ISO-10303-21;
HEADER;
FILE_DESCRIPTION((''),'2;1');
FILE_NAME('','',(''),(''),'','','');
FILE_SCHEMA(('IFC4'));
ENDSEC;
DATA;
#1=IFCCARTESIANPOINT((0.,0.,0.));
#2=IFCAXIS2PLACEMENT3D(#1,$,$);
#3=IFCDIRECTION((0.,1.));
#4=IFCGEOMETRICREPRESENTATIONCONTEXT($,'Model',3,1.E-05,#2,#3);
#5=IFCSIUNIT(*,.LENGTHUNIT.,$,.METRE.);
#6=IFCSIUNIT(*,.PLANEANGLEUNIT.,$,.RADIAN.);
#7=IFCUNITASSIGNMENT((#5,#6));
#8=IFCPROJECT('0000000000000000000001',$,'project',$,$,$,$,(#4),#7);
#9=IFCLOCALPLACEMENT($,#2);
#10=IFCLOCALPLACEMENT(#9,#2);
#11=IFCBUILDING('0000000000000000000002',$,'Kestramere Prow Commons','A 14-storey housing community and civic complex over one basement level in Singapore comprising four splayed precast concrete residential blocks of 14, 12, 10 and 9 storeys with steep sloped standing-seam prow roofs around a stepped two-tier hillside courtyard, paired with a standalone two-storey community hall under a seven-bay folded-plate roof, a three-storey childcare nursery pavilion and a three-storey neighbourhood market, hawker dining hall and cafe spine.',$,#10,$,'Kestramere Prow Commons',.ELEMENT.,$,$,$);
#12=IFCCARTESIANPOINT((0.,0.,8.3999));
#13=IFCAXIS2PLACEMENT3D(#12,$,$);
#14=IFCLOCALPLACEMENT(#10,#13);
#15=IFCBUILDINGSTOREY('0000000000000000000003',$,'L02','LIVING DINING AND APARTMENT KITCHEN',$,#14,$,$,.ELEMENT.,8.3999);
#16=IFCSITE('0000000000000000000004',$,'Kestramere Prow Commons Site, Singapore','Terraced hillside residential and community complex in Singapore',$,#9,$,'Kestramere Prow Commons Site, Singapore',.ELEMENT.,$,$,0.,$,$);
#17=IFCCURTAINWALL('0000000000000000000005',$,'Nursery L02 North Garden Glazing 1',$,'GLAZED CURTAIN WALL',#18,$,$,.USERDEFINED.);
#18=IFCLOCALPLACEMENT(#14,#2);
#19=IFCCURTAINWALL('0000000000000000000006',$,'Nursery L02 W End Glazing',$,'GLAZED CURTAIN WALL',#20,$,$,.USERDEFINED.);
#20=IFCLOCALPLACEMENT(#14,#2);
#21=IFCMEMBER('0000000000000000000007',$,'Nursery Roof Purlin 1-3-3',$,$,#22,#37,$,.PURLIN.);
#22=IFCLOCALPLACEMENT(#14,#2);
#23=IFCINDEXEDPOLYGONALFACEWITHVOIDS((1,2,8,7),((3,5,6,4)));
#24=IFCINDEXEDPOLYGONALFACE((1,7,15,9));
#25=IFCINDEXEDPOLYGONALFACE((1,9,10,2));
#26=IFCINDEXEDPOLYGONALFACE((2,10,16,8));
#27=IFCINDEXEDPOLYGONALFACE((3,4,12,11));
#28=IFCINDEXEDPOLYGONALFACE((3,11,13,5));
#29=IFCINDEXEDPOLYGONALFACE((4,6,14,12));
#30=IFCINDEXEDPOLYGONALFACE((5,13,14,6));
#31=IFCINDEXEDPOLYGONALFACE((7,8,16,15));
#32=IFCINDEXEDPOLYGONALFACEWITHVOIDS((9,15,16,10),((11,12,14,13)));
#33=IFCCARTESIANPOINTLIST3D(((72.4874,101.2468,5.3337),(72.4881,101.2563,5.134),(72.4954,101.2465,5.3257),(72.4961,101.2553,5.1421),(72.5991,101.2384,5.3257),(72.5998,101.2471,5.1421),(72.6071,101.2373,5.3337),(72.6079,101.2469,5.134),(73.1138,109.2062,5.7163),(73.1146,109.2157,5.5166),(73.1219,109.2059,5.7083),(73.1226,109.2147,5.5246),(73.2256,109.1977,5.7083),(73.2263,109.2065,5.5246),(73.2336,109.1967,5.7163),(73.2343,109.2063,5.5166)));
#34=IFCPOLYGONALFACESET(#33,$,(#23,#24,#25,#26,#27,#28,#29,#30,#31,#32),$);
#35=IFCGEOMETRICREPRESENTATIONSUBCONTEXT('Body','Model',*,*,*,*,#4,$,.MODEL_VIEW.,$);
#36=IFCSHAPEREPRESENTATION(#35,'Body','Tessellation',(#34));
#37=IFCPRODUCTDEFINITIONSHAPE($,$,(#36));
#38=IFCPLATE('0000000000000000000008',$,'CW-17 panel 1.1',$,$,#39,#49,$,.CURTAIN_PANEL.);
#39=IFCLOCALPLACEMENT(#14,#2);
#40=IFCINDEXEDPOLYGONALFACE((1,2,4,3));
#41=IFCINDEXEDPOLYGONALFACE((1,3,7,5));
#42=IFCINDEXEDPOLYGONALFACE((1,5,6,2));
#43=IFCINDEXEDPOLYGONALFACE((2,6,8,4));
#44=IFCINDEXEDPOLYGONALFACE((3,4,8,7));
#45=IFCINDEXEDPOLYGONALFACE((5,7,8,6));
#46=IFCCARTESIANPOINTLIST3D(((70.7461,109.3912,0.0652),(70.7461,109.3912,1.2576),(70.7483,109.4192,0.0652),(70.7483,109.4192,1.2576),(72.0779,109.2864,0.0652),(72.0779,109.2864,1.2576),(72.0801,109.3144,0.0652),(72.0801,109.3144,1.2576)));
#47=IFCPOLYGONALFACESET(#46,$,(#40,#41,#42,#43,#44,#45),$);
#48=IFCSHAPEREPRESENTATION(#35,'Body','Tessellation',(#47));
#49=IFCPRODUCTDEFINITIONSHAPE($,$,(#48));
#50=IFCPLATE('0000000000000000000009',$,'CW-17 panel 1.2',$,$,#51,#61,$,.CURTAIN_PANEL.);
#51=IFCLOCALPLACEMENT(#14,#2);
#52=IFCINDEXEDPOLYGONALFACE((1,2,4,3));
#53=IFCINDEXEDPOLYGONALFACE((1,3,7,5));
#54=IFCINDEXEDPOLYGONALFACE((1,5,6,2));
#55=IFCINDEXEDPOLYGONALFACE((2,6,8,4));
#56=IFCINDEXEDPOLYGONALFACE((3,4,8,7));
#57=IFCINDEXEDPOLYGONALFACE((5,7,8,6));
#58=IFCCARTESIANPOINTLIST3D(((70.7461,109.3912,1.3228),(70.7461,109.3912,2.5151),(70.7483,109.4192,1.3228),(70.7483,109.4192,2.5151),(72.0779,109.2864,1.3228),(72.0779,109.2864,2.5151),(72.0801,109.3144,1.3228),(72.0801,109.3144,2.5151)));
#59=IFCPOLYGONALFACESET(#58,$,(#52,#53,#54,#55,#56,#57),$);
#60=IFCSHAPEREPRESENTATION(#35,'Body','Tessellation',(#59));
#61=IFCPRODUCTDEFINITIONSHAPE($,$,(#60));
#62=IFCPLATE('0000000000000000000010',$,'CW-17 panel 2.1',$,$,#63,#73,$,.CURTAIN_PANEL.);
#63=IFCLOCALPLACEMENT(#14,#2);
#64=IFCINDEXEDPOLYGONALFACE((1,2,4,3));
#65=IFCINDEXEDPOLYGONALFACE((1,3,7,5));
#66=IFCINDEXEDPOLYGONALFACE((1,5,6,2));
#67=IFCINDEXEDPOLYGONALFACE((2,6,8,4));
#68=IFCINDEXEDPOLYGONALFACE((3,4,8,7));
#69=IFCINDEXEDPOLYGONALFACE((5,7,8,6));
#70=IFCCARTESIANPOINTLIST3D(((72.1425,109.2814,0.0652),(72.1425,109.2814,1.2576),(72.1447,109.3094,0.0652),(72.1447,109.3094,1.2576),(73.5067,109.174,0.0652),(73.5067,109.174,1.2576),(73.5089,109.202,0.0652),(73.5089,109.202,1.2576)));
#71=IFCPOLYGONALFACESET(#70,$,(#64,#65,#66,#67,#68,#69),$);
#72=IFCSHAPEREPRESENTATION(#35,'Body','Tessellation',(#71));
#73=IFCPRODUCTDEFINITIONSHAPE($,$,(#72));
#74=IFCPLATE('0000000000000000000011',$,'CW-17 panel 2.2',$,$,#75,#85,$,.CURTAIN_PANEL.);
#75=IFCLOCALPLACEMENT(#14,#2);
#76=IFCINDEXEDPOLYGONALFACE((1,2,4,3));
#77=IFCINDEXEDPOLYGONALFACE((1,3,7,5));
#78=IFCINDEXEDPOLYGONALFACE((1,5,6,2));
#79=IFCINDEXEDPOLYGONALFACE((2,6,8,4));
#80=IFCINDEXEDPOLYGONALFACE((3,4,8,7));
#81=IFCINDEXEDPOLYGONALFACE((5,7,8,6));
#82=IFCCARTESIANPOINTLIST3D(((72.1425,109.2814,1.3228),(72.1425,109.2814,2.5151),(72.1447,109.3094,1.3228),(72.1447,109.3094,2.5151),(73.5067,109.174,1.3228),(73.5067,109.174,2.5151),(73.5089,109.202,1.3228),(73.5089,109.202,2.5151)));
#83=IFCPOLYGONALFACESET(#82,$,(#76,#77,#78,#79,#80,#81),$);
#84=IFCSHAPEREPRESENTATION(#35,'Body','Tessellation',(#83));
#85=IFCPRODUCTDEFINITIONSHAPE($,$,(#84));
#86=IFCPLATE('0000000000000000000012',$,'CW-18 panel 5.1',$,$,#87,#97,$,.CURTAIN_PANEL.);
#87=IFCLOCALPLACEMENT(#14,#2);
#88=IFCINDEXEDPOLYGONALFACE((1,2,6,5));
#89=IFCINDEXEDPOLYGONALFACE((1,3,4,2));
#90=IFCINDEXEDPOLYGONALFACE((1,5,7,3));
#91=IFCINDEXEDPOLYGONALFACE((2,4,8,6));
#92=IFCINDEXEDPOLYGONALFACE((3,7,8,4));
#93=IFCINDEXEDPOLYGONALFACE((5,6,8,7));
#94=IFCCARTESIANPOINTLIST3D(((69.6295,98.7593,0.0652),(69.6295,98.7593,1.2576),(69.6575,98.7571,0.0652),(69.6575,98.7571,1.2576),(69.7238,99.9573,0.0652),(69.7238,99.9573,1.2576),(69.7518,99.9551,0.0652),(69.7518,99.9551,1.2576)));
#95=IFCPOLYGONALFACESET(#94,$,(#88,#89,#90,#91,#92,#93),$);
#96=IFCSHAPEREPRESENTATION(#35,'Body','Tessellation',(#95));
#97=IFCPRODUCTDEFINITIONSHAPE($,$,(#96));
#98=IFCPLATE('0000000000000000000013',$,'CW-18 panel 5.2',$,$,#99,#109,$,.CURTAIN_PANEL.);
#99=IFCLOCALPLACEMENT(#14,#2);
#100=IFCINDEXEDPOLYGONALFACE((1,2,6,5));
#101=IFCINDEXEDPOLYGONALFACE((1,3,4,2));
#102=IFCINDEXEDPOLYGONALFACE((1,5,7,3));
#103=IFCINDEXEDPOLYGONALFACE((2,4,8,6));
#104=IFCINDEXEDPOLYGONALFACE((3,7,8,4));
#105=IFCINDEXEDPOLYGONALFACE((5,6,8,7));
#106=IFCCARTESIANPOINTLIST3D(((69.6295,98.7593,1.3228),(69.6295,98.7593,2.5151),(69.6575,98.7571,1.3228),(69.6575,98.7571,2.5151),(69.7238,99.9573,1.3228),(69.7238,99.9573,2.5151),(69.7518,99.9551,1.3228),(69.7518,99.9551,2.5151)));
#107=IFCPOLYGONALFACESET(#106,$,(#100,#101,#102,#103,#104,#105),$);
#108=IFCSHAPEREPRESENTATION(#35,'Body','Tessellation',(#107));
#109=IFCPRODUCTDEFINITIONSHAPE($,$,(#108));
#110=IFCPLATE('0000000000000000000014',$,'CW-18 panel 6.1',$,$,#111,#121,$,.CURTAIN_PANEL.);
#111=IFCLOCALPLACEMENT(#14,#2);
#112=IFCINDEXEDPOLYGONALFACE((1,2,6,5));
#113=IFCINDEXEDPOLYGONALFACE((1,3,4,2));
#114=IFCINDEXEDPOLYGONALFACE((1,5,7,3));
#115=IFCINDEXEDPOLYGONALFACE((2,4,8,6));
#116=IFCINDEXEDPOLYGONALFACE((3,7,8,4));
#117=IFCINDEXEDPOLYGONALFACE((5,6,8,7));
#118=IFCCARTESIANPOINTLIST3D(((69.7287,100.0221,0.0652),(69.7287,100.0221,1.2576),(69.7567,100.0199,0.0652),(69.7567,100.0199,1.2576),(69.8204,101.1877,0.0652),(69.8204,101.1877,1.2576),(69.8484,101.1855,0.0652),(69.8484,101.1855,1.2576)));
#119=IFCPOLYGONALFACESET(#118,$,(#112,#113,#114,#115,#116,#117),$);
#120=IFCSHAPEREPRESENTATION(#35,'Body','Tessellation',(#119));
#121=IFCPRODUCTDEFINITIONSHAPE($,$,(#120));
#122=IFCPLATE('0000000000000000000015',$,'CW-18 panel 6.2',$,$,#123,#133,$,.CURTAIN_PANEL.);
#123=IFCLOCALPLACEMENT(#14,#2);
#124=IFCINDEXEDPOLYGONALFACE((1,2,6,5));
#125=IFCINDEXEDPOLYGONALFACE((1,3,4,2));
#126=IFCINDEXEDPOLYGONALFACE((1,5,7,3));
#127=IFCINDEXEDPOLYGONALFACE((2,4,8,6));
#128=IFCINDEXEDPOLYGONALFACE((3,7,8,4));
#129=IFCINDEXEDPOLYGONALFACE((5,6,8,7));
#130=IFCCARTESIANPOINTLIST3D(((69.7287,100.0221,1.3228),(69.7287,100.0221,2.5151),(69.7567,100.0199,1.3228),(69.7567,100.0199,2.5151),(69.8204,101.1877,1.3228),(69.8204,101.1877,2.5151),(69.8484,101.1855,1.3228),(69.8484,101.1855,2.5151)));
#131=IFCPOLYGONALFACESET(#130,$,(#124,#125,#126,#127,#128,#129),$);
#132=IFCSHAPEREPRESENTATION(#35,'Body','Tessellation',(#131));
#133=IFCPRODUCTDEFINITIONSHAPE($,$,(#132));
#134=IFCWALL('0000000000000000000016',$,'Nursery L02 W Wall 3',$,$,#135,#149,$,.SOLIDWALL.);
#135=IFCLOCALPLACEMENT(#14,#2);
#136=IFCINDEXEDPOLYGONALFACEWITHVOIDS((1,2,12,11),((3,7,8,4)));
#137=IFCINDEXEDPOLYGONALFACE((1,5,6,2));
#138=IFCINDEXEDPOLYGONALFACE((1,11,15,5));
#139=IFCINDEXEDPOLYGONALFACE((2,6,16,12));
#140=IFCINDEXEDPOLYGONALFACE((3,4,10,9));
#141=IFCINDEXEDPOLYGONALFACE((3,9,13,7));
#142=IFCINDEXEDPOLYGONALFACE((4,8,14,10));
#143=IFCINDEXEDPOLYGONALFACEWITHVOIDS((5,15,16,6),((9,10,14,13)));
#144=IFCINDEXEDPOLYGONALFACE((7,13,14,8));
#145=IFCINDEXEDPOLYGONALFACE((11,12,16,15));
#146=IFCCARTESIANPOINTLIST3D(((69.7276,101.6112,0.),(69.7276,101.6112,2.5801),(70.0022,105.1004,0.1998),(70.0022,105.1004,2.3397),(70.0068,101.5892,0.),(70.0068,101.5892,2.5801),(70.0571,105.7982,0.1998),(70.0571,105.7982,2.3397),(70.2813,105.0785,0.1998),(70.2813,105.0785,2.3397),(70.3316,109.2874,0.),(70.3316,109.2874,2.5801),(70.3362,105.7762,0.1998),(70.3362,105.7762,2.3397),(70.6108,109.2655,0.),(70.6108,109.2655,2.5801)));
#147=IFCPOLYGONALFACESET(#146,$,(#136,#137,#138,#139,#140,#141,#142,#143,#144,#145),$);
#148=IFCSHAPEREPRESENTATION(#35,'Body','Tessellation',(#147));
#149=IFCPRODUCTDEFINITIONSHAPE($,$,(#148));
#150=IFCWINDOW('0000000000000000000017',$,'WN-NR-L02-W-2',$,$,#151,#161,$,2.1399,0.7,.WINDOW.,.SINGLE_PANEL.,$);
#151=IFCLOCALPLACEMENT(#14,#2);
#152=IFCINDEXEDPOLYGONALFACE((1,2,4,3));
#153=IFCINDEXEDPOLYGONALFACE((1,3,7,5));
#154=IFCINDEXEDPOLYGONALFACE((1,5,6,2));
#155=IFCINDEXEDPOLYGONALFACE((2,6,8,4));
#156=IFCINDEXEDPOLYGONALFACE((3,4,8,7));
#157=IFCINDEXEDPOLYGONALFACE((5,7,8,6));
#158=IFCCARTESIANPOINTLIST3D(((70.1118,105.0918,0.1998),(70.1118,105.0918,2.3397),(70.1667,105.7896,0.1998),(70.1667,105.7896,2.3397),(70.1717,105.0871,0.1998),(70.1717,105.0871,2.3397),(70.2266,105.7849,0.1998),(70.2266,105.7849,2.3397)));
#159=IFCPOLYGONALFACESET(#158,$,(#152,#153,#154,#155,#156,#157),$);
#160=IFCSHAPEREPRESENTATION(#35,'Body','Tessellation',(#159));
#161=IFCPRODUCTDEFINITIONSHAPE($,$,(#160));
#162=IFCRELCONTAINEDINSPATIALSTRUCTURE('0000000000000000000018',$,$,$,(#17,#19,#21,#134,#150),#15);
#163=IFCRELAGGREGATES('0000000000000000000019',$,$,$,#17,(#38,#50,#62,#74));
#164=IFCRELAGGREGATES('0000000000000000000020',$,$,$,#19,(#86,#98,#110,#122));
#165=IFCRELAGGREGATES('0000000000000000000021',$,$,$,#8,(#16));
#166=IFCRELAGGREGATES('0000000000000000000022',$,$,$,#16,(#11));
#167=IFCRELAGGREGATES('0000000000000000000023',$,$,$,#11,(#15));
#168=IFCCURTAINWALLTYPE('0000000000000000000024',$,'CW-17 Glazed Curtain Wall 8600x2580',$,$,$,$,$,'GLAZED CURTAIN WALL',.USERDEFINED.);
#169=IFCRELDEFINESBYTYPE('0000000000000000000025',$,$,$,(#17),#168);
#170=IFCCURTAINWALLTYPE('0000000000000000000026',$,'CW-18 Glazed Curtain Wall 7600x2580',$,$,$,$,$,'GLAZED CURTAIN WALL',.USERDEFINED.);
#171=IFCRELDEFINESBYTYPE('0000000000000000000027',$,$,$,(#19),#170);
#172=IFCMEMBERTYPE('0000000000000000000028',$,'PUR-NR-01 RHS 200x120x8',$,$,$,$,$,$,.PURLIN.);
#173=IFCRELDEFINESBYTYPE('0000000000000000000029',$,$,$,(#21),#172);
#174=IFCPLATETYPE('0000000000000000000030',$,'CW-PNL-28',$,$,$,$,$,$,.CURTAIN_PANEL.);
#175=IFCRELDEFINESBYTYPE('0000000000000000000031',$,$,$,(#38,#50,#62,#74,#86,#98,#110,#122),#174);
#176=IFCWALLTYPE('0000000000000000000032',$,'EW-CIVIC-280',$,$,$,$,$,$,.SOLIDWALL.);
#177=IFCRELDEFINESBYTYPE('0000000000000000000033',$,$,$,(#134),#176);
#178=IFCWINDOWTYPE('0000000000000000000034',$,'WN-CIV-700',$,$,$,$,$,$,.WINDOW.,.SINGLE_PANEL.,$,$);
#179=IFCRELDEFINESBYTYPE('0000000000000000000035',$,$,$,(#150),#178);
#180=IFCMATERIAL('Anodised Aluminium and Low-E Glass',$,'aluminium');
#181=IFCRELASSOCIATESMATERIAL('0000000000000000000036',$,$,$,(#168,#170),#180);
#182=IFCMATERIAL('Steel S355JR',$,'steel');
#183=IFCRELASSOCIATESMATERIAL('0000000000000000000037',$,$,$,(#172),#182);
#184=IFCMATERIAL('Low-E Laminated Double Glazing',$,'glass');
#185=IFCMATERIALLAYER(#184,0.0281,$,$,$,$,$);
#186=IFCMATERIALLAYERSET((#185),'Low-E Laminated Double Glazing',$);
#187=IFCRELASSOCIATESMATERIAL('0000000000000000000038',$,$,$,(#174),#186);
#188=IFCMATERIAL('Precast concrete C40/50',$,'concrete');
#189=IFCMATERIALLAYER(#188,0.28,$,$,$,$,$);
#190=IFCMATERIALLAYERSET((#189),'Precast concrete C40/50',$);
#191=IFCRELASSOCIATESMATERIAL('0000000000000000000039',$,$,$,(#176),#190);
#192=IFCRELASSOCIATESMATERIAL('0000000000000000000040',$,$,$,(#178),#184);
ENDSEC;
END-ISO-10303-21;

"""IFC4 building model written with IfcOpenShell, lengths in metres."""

from ifc_helpers import new_model, si_unit, direction, frame, frame_2d, origin, origin_2d, place, context, subcontext, project, spatial, rectangle, hollow_rectangle, extrude, material, layer, layer_set, material_profile, profile_set, type_object, element, fill, aggregate, save


model = new_model("IFC4")

# Units and contexts
model_context = context("Model", 3, precision=1e-05, world=origin(), true_north=direction((0.0, 1.0)))
body_context = subcontext(model_context, "Body", "Model", "MODEL_VIEW")
ifc_project = project(units=[si_unit("LENGTHUNIT", "METRE"), si_unit("PLANEANGLEUNIT", "RADIAN")], contexts=[model_context])

# Site, building, storey
site_placement = place(None, origin())
site = spatial("IfcSite", under=ifc_project, at=site_placement, Name="Kestramere Prow Commons Site, Singapore", Description="Terraced hillside residential and community complex in Singapore", LongName="Kestramere Prow Commons Site, Singapore", CompositionType="ELEMENT", RefElevation=0.0)
building_placement = place(site_placement, origin())
building = spatial("IfcBuilding", under=site, at=building_placement, Name="Kestramere Prow Commons", Description="A 14-storey housing community and civic complex over one basement level in Singapore comprising four splayed precast concrete residential blocks of 14, 12, 10 and 9 storeys with steep sloped standing-seam prow roofs around a stepped two-tier hillside courtyard, paired with a standalone two-storey community hall under a seven-bay folded-plate roof, a three-storey childcare nursery pavilion and a three-storey neighbourhood market, hawker dining hall and cafe spine.", LongName="Kestramere Prow Commons", CompositionType="ELEMENT")
storey_placement = place(building_placement, frame((0.0, 0.0, 8.3999)))
storey = spatial("IfcBuildingStorey", under=building, at=storey_placement, Name="L02", Description="LIVING DINING AND APARTMENT KITCHEN", CompositionType="ELEMENT", Elevation=8.3999)

# Shared definitions
ifc_material_1 = material(Name="Steel S355JR", Category="steel")

# Curtain walls
ifc_material_2 = material(Name="Anodised Aluminium and Low-E Glass", Category="aluminium")
curtain_wall_type_1 = type_object("IfcCurtainWallType", Name="CW-17 Glazed Curtain Wall 8600x2580", ElementType="GLAZED CURTAIN WALL", PredefinedType="USERDEFINED", material=ifc_material_2)
curtain_wall_1_placement = place(storey_placement, origin())
curtain_wall_1 = element("IfcCurtainWall", 1, at=curtain_wall_1_placement, inside=storey, type_object=curtain_wall_type_1, Name="Nursery L02 North Garden Glazing 1", ObjectType="GLAZED CURTAIN WALL", PredefinedType="USERDEFINED")
curtain_wall_type_2 = type_object("IfcCurtainWallType", Name="CW-18 Glazed Curtain Wall 7600x2580", ElementType="GLAZED CURTAIN WALL", PredefinedType="USERDEFINED", material=ifc_material_2)
curtain_wall_2_placement = place(storey_placement, origin())
curtain_wall_2 = element("IfcCurtainWall", 2, at=curtain_wall_2_placement, inside=storey, type_object=curtain_wall_type_2, Name="Nursery L02 W End Glazing", ObjectType="GLAZED CURTAIN WALL", PredefinedType="USERDEFINED")

# Member
ifc_material_profile_1 = material_profile(ifc_material_1, hollow_rectangle(XDim=0.1201, YDim=0.2, WallThickness=0.0081, at=origin_2d()), Name="RHS 200x120x8")
ifc_profile_set_1 = profile_set([ifc_material_profile_1], Name="Steel S355JR")
member_type_1 = type_object("IfcMemberType", Name="PUR-NR-01 RHS 200x120x8", PredefinedType="PURLIN", material=ifc_profile_set_1)
member_1_placement = place(storey_placement, frame((72.5476, 101.2468, 5.2339), z_axis=(0.078374, 0.995774, 0.047861), x_axis=(-0.996917, 0.078464, 0.0)))
element("IfcMember", 3, at=member_1_placement, inside=storey, type_object=member_type_1, Name="Nursery Roof Purlin 1-3-3", PredefinedType="PURLIN", context=body_context, shape_type="SweptSolid", body=[
    extrude(hollow_rectangle(XDim=0.1201, YDim=0.2, WallThickness=0.0081, at=origin_2d()), origin(), (0.0, 0.0, 1.0), 7.9932),
])

# Plates
ifc_material_3 = material(Name="Low-E Laminated Double Glazing", Category="glass")
ifc_layer_1 = layer(ifc_material_3, 0.0281)
ifc_layer_set_1 = layer_set([ifc_layer_1], Name="Low-E Laminated Double Glazing")
plate_type = type_object("IfcPlateType", Name="CW-PNL-28", PredefinedType="CURTAIN_PANEL", material=ifc_layer_set_1)
plate_1_placement = place(storey_placement, frame((71.4131, 109.3528, 0.0652), z_axis=(0.0, 0.0, 1.0), x_axis=(0.996917, -0.078459, 0.0)))
plate_1 = element("IfcPlate", 4, at=plate_1_placement, type_object=plate_type, Name="CW-17 panel 1.1", PredefinedType="CURTAIN_PANEL", context=body_context, shape_type="SweptSolid", body=[
    extrude(rectangle(XDim=1.3359, YDim=0.0281, at=origin_2d()), origin(), (0.0, 0.0, 1.0), 1.1924),
])
plate_2_placement = place(storey_placement, frame((71.4131, 109.3528, 1.3228), z_axis=(0.0, 0.0, 1.0), x_axis=(0.996917, -0.078459, 0.0)))
plate_2 = element("IfcPlate", 5, at=plate_2_placement, type_object=plate_type, Name="CW-17 panel 1.2", PredefinedType="CURTAIN_PANEL", context=body_context, shape_type="SweptSolid", body=[
    extrude(rectangle(XDim=1.3359, YDim=0.0281, at=origin_2d()), origin(), (0.0, 0.0, 1.0), 1.1924),
])
plate_3_placement = place(storey_placement, frame((72.8257, 109.2417, 0.0652), z_axis=(0.0, 0.0, 1.0), x_axis=(0.996917, -0.078459, 0.0)))
plate_3 = element("IfcPlate", 6, at=plate_3_placement, type_object=plate_type, Name="CW-17 panel 2.1", PredefinedType="CURTAIN_PANEL", context=body_context, shape_type="SweptSolid", body=[
    extrude(rectangle(XDim=1.3684, YDim=0.0281, at=origin_2d()), origin(), (0.0, 0.0, 1.0), 1.1924),
])
plate_4_placement = place(storey_placement, frame((72.8257, 109.2417, 1.3228), z_axis=(0.0, 0.0, 1.0), x_axis=(0.996917, -0.078459, 0.0)))
plate_4 = element("IfcPlate", 7, at=plate_4_placement, type_object=plate_type, Name="CW-17 panel 2.2", PredefinedType="CURTAIN_PANEL", context=body_context, shape_type="SweptSolid", body=[
    extrude(rectangle(XDim=1.3684, YDim=0.0281, at=origin_2d()), origin(), (0.0, 0.0, 1.0), 1.1924),
])
aggregate(curtain_wall_1, [plate_1, plate_2, plate_3, plate_4])
plate_5_placement = place(storey_placement, frame((69.6907, 99.3572, 0.0652), z_axis=(0.0, 0.0, 1.0), x_axis=(0.078459, 0.996917, 0.0)))
plate_5 = element("IfcPlate", 8, at=plate_5_placement, type_object=plate_type, Name="CW-18 panel 5.1", PredefinedType="CURTAIN_PANEL", context=body_context, shape_type="SweptSolid", body=[
    extrude(rectangle(XDim=1.2017, YDim=0.0281, at=origin_2d()), origin(), (0.0, 0.0, 1.0), 1.1924),
])
plate_6_placement = place(storey_placement, frame((69.6907, 99.3572, 1.3228), z_axis=(0.0, 0.0, 1.0), x_axis=(0.078459, 0.996917, 0.0)))
plate_6 = element("IfcPlate", 9, at=plate_6_placement, type_object=plate_type, Name="CW-18 panel 5.2", PredefinedType="CURTAIN_PANEL", context=body_context, shape_type="SweptSolid", body=[
    extrude(rectangle(XDim=1.2017, YDim=0.0281, at=origin_2d()), origin(), (0.0, 0.0, 1.0), 1.1924),
])
plate_7_placement = place(storey_placement, frame((69.7886, 100.6038, 0.0652), z_axis=(0.0, 0.0, 1.0), x_axis=(0.078459, 0.996917, 0.0)))
plate_7 = element("IfcPlate", 10, at=plate_7_placement, type_object=plate_type, Name="CW-18 panel 6.1", PredefinedType="CURTAIN_PANEL", context=body_context, shape_type="SweptSolid", body=[
    extrude(rectangle(XDim=1.1692, YDim=0.0281, at=origin_2d()), origin(), (0.0, 0.0, 1.0), 1.1924),
])
plate_8_placement = place(storey_placement, frame((69.7886, 100.6038, 1.3228), z_axis=(0.0, 0.0, 1.0), x_axis=(0.078459, 0.996917, 0.0)))
plate_8 = element("IfcPlate", 11, at=plate_8_placement, type_object=plate_type, Name="CW-18 panel 6.2", PredefinedType="CURTAIN_PANEL", context=body_context, shape_type="SweptSolid", body=[
    extrude(rectangle(XDim=1.1692, YDim=0.0281, at=origin_2d()), origin(), (0.0, 0.0, 1.0), 1.1924),
])
aggregate(curtain_wall_2, [plate_5, plate_6, plate_7, plate_8])

# Wall, opening, window
ifc_material_4 = material(Name="Precast concrete C40/50", Category="concrete")
ifc_layer_2 = layer(ifc_material_4, 0.28)
ifc_layer_set_2 = layer_set([ifc_layer_2], Name="Precast concrete C40/50")
wall_type_1 = type_object("IfcWallType", Name="EW-CIVIC-280", PredefinedType="SOLIDWALL", material=ifc_layer_set_2)
wall_1_placement = place(storey_placement, frame((69.8672, 101.6001, 0.0), z_axis=(0.0, 0.0, 1.0), x_axis=(0.078442, 0.996919, 0.0)))
wall_1 = element("IfcWall", 12, at=wall_1_placement, inside=storey, type_object=wall_type_1, Name="Nursery L02 W Wall 3", PredefinedType="SOLIDWALL", context=body_context, shape_type="SweptSolid", body=[
    extrude(rectangle(XDim=7.7, YDim=0.28, at=frame_2d((3.8501, 0.0))), origin(), (0.0, 0.0, 1.0), 2.5801),
])
opening_1_placement = place(wall_1_placement, frame((3.5, 0.0, 0.2)))
opening_1 = element("IfcOpeningElement", 13, at=opening_1_placement, cuts=wall_1, PredefinedType="OPENING", context=body_context, shape_type="SweptSolid", body=[
    extrude(rectangle(XDim=0.7, YDim=2.1399, at=frame_2d((0.3501, 1.0698))), frame((0.0, 0.155, 0.0), z_axis=(0.0, -1.0, 0.0), x_axis=(1.0, 0.0, 0.0)), (0.0, 0.0, 1.0), 0.3101),
])
window_type = type_object("IfcWindowType", Name="WN-CIV-700", PartitioningType="SINGLE_PANEL", PredefinedType="WINDOW", material=ifc_material_3)
window_placement = place(opening_1_placement, origin())
window = element("IfcWindow", 14, at=window_placement, inside=storey, type_object=window_type, Name="WN-NR-L02-W-2", OverallHeight=2.1399, OverallWidth=0.7, PartitioningType="SINGLE_PANEL", PredefinedType="WINDOW", context=body_context, shape_type="SweptSolid", body=[
    extrude(rectangle(XDim=0.7, YDim=2.1399, at=frame_2d((0.3501, 1.0698))), frame((0.0, 0.03, 0.0), z_axis=(0.0, -1.0, 0.0), x_axis=(1.0, 0.0, 0.0)), (0.0, 0.0, 1.0), 0.0601),
])
fill(opening_1, window)

save(model, "model.ifc")
